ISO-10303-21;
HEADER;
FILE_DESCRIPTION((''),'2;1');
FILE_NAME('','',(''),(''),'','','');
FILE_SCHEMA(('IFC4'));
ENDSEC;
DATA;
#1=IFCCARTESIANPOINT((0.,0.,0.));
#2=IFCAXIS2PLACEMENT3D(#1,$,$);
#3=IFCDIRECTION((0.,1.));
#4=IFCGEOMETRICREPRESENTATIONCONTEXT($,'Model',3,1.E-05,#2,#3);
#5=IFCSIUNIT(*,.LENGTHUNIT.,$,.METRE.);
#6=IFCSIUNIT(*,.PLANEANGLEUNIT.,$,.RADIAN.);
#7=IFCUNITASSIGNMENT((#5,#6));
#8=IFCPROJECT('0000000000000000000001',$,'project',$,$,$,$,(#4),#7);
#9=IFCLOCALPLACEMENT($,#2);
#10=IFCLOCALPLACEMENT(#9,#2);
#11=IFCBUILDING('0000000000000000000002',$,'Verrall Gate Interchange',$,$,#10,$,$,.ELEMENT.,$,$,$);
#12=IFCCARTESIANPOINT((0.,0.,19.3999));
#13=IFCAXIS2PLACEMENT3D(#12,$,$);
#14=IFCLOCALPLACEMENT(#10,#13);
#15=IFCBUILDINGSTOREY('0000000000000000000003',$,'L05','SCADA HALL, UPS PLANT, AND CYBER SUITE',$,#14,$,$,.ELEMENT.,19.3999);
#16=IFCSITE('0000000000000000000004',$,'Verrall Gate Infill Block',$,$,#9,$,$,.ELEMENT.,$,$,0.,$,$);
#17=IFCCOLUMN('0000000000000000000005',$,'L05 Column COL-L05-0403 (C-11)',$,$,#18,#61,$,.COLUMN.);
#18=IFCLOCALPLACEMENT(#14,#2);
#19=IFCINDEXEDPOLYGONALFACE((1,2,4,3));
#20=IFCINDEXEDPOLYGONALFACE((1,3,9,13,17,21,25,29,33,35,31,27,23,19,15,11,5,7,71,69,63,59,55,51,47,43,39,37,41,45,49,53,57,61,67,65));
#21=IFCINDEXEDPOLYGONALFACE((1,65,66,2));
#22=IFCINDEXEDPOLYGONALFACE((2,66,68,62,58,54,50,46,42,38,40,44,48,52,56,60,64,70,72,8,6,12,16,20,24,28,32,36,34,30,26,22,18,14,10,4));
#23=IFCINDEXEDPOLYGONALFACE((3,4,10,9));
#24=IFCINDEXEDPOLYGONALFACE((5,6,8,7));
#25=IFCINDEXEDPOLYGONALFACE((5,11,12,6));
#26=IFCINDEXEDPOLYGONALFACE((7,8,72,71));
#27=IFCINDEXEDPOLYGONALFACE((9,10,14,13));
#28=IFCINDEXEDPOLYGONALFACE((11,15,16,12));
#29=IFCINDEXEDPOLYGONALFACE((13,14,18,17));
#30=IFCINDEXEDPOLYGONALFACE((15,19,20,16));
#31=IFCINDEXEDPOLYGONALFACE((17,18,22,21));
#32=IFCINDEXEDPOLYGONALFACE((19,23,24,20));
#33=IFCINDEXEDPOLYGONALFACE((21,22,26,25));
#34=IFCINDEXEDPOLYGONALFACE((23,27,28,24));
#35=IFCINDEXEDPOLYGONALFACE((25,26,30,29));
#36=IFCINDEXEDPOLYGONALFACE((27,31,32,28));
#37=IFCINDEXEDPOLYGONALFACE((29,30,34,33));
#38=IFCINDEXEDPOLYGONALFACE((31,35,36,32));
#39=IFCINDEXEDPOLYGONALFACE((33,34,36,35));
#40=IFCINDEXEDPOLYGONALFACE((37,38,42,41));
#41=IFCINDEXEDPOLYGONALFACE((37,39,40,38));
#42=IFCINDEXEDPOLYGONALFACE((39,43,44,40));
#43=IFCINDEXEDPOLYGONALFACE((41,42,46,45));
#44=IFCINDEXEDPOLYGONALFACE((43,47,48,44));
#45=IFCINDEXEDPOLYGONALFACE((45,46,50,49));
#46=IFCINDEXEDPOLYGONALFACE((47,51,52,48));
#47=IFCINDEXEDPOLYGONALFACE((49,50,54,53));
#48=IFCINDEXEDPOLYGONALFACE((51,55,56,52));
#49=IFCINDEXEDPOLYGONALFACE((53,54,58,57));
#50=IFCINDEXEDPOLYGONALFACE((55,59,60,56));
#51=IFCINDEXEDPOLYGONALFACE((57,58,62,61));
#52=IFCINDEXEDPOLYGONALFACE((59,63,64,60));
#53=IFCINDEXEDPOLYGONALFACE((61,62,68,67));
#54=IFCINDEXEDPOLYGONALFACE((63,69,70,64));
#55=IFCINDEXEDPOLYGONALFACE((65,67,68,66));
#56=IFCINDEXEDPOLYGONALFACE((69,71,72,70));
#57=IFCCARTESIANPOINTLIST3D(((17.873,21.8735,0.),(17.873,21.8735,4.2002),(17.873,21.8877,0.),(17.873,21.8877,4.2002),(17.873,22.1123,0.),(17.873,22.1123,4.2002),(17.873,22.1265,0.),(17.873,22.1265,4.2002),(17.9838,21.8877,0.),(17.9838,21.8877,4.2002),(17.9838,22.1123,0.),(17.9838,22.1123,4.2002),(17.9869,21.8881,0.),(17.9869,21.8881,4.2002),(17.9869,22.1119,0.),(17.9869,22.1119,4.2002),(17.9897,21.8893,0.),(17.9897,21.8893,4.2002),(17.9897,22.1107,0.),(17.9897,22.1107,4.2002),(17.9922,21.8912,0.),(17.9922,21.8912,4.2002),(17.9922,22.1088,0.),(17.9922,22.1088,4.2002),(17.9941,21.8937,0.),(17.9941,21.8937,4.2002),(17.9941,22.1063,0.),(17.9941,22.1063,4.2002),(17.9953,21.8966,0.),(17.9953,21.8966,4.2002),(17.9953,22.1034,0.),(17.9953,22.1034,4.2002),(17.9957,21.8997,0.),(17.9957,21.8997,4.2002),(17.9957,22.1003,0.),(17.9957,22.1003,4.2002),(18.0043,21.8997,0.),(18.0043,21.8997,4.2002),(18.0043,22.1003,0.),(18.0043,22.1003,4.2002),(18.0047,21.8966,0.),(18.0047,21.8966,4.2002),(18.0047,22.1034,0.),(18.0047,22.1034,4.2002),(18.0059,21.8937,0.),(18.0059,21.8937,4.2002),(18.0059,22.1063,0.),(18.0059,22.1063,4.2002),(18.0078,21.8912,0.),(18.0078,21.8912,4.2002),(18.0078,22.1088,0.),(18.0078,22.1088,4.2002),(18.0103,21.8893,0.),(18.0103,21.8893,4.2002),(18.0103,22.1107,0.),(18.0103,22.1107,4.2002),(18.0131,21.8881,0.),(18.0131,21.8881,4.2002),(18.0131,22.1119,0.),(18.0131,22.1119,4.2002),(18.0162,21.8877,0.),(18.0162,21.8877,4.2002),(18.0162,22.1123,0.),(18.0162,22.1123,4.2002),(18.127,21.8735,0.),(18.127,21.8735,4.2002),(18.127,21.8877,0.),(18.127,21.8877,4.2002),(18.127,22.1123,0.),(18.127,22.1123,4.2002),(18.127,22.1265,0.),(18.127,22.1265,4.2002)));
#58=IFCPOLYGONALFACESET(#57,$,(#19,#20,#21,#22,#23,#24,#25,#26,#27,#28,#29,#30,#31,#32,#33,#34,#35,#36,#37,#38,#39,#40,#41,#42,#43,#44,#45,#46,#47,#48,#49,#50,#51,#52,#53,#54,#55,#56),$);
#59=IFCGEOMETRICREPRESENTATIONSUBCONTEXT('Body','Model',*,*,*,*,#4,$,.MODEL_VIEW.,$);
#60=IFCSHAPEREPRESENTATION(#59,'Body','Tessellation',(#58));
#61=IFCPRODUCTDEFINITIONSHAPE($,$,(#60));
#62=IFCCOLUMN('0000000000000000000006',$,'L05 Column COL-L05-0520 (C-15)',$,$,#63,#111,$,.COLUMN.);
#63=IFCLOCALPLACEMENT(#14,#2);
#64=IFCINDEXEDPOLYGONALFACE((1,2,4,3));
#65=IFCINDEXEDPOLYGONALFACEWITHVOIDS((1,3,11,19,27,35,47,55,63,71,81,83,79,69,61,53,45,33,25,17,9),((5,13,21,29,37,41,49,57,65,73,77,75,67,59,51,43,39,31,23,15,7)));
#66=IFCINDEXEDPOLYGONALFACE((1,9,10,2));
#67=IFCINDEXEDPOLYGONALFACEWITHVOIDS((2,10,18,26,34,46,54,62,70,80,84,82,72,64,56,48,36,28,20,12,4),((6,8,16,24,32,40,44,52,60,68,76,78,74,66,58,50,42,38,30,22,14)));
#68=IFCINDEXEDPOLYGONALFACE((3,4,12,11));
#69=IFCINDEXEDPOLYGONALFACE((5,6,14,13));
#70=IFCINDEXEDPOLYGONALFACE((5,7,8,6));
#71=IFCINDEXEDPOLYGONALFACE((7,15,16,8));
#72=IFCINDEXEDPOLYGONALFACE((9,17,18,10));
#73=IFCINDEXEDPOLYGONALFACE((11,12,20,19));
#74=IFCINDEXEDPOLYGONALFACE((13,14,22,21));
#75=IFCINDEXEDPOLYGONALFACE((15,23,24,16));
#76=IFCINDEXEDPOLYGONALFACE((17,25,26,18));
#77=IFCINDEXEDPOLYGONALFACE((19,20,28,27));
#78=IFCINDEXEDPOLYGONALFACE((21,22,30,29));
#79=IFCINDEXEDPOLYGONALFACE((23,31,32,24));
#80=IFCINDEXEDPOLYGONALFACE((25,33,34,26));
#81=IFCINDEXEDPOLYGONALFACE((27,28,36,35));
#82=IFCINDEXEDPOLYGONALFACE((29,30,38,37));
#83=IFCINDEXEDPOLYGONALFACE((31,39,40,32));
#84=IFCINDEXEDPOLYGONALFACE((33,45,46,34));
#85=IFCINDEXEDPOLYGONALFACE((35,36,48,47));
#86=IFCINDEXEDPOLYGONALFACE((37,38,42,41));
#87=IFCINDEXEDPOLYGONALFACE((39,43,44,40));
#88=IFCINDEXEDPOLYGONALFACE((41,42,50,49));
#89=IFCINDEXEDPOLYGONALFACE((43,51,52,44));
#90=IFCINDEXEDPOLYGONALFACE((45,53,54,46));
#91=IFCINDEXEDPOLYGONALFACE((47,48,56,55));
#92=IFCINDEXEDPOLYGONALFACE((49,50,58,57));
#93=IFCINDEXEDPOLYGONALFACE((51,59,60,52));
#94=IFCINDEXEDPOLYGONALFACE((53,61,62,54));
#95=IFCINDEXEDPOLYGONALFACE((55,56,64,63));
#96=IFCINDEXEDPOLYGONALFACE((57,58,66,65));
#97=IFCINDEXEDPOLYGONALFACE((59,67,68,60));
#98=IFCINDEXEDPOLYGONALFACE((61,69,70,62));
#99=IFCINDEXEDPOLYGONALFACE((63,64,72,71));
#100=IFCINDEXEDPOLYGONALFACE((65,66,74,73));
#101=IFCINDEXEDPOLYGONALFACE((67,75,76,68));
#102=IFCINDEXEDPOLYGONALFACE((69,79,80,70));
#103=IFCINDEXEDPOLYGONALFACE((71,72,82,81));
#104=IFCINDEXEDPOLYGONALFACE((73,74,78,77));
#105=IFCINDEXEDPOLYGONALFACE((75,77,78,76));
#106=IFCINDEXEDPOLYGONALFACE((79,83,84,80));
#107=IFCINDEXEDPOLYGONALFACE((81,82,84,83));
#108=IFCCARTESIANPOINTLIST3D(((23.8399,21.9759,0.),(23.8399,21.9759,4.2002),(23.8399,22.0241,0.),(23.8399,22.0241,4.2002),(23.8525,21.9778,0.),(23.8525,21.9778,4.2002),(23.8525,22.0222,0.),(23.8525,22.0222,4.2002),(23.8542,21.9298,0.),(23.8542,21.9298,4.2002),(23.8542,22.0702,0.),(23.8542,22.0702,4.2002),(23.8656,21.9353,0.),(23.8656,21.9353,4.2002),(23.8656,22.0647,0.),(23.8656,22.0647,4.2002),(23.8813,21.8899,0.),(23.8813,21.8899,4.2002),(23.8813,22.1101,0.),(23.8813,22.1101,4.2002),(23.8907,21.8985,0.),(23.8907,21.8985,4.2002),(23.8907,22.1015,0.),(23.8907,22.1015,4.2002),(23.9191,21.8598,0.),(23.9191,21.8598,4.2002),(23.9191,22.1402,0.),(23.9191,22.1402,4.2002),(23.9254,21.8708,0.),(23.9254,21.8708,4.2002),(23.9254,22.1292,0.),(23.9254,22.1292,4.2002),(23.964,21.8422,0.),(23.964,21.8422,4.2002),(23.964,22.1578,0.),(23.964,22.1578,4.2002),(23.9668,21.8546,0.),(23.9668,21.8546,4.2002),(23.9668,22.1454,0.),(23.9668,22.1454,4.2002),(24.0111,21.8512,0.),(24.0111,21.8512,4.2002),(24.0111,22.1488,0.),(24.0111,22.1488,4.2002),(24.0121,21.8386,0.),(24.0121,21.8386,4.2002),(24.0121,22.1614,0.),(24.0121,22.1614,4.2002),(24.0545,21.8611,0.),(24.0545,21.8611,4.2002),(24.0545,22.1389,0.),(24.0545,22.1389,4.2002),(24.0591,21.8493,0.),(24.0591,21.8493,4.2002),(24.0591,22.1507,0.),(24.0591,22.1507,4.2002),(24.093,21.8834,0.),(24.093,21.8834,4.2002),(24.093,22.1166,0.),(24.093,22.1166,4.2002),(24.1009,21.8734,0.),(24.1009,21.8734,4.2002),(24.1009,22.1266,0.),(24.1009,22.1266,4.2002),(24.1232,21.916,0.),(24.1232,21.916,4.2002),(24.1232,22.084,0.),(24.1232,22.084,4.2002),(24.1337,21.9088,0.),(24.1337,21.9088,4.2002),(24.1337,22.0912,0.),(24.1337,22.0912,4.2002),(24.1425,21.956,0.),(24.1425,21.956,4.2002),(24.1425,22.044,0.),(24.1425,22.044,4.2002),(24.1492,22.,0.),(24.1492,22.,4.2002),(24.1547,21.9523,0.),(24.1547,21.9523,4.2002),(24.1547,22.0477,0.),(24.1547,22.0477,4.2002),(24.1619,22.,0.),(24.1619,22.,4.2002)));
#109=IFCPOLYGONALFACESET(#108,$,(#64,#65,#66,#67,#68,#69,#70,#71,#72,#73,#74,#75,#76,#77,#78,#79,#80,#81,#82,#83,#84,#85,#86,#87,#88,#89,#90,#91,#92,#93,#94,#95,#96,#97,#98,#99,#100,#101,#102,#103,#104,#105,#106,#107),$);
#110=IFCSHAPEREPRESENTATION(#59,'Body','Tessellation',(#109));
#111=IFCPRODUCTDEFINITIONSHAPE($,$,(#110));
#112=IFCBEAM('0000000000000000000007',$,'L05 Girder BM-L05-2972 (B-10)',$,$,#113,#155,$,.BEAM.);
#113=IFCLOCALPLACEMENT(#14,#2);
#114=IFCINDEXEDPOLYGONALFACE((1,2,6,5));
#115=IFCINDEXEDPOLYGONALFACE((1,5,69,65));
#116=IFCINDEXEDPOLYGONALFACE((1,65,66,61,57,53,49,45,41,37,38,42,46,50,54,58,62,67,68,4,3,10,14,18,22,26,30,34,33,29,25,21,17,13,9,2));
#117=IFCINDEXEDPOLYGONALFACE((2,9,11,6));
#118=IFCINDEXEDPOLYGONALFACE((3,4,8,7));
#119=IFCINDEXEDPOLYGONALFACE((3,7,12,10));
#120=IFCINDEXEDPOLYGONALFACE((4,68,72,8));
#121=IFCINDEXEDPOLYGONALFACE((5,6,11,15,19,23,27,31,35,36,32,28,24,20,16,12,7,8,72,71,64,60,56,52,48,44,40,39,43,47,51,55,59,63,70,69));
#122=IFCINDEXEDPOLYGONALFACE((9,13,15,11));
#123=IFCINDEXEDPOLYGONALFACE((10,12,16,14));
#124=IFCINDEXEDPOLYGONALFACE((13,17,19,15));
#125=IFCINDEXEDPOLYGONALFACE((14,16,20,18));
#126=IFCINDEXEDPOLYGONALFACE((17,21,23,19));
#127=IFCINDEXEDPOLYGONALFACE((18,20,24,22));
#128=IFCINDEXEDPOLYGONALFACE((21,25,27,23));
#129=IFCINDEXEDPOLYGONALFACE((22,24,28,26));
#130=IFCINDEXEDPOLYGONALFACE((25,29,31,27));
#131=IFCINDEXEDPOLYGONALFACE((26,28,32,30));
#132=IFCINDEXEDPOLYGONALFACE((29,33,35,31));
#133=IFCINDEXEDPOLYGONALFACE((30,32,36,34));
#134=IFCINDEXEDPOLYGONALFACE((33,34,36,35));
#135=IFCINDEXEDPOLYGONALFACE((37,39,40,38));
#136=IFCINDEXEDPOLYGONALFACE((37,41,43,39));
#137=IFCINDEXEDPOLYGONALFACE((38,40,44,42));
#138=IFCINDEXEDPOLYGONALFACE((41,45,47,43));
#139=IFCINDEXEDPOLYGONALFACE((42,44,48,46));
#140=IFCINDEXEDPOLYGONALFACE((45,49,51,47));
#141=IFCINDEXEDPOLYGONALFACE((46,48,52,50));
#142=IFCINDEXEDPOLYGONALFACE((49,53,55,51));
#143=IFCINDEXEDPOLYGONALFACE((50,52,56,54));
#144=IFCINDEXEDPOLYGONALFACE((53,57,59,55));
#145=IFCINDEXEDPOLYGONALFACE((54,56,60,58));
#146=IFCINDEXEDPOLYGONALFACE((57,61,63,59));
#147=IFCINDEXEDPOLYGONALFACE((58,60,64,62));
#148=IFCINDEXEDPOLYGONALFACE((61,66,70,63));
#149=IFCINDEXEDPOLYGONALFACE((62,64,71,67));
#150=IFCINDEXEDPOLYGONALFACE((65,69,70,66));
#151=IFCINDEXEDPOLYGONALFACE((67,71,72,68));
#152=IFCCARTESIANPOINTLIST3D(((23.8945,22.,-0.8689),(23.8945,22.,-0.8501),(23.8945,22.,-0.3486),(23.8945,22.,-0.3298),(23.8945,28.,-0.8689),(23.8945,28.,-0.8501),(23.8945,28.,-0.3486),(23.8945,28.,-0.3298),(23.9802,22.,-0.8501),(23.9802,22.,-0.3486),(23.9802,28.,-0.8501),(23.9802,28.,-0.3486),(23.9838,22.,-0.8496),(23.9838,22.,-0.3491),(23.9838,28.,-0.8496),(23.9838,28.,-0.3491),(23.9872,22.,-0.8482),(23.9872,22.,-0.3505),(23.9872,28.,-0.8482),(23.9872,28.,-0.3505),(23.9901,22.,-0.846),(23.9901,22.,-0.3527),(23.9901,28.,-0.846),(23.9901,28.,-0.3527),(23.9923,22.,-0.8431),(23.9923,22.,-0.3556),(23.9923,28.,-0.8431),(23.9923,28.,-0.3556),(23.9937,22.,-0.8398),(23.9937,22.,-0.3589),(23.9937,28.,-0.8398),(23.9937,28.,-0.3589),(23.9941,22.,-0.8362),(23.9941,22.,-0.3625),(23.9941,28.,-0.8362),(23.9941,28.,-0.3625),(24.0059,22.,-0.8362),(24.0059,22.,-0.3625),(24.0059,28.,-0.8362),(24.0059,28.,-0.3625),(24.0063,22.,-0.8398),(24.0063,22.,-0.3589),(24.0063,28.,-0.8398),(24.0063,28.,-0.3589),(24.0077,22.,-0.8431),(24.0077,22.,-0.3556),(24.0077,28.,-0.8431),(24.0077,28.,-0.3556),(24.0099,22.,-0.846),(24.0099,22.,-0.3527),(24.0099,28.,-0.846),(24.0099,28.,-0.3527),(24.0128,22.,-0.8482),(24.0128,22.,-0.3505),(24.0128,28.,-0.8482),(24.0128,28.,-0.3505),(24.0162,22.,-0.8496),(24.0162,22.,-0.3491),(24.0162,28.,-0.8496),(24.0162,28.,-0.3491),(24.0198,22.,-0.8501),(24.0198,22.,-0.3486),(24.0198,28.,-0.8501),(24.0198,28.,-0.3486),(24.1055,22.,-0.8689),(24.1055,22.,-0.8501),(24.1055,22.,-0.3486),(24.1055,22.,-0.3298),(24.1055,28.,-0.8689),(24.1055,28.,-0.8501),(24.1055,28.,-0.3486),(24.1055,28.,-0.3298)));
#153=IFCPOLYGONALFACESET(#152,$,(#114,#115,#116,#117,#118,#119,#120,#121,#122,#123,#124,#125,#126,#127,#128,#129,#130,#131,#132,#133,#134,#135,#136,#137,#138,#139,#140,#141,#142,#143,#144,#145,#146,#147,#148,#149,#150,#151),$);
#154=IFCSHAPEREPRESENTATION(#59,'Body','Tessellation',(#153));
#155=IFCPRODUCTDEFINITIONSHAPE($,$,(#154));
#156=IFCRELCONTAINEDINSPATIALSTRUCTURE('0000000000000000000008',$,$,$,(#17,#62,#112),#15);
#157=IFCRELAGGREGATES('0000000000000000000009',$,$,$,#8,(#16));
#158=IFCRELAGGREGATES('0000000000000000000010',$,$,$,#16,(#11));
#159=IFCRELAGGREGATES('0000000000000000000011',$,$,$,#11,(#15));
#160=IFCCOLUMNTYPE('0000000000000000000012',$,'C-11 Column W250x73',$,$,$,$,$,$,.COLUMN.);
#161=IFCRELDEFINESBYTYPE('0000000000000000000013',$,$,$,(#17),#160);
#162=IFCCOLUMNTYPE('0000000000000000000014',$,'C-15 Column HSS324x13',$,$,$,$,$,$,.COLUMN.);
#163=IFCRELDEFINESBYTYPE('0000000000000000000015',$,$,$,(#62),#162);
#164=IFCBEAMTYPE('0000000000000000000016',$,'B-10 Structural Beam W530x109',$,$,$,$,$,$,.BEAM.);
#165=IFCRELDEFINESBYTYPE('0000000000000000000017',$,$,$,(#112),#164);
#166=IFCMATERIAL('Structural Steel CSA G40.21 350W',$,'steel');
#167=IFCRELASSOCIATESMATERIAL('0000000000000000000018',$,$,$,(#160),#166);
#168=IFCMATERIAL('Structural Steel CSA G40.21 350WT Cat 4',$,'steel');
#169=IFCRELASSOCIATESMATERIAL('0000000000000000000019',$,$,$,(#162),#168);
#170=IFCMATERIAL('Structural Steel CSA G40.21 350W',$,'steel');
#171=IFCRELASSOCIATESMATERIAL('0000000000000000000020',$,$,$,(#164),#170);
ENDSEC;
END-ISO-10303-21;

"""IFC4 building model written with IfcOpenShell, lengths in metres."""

from ifc_helpers import new_model, si_unit, direction, frame, origin, origin_2d, place, context, subcontext, project, spatial, hollow_circle, i_section, extrude, material, material_profile, profile_set, type_object, element, save


model = new_model("IFC4")

# Units and contexts
model_context = context("Model", 3, precision=1e-05, world=origin(), true_north=direction((0.0, 1.0)))
body_context = subcontext(model_context, "Body", "Model", "MODEL_VIEW")
ifc_project = project(units=[si_unit("LENGTHUNIT", "METRE"), si_unit("PLANEANGLEUNIT", "RADIAN")], contexts=[model_context])

# Site, building, storey
site_placement = place(None, origin())
site = spatial("IfcSite", under=ifc_project, at=site_placement, Name="Verrall Gate Infill Block", CompositionType="ELEMENT", RefElevation=0.0)
building_placement = place(site_placement, origin())
building = spatial("IfcBuilding", under=site, at=building_placement, Name="Verrall Gate Interchange", CompositionType="ELEMENT")
storey_placement = place(building_placement, frame((0.0, 0.0, 19.3999)))
storey = spatial("IfcBuildingStorey", under=building, at=storey_placement, Name="L05", Description="SCADA HALL, UPS PLANT, AND CYBER SUITE", CompositionType="ELEMENT", Elevation=19.3999)

# Columns
ifc_material_1 = material(Name="Structural Steel CSA G40.21 350W", Category="steel")
ifc_material_profile_1 = material_profile(ifc_material_1, i_section(OverallWidth=0.2539, OverallDepth=0.2529, WebThickness=0.0085, FlangeThickness=0.0142, FilletRadius=0.012, at=origin_2d()), Name="W250x73")
ifc_profile_set_1 = profile_set([ifc_material_profile_1], Name="Structural Steel CSA G40.21 350W")
column_type_1 = type_object("IfcColumnType", Name="C-11 Column W250x73", PredefinedType="COLUMN", material=ifc_profile_set_1)
column_1_placement = place(storey_placement, frame((18.0, 22.0, 0.0), z_axis=(0.0, 0.0, 1.0), x_axis=(1.0, 0.0, 0.0)))
element("IfcColumn", 1, at=column_1_placement, inside=storey, type_object=column_type_1, Name="L05 Column COL-L05-0403 (C-11)", PredefinedType="COLUMN", context=body_context, shape_type="SweptSolid", body=[
    extrude(i_section(OverallWidth=0.2539, OverallDepth=0.2529, WebThickness=0.0085, FlangeThickness=0.0142, FilletRadius=0.012, at=origin_2d()), origin(), (0.0, 0.0, 1.0), 4.2002),
])
ifc_material_2 = material(Name="Structural Steel CSA G40.21 350WT Cat 4", Category="steel")
ifc_material_profile_2 = material_profile(ifc_material_2, hollow_circle(Radius=0.1619, WallThickness=0.0127, at=origin_2d()), Name="HSS324x13")
ifc_profile_set_2 = profile_set([ifc_material_profile_2], Name="Structural Steel CSA G40.21 350WT Cat 4")
column_type_2 = type_object("IfcColumnType", Name="C-15 Column HSS324x13", PredefinedType="COLUMN", material=ifc_profile_set_2)
column_2_placement = place(storey_placement, frame((24.0, 22.0, 0.0), z_axis=(0.0, 0.0, 1.0), x_axis=(1.0, 0.0, 0.0)))
element("IfcColumn", 2, at=column_2_placement, inside=storey, type_object=column_type_2, Name="L05 Column COL-L05-0520 (C-15)", PredefinedType="COLUMN", context=body_context, shape_type="SweptSolid", body=[
    extrude(hollow_circle(Radius=0.1619, WallThickness=0.0127, at=origin_2d()), origin(), (0.0, 0.0, 1.0), 4.2002),
])

# Beam
ifc_material_3 = material(Name="Structural Steel CSA G40.21 350W", Category="steel")
ifc_material_profile_3 = material_profile(ifc_material_3, i_section(OverallWidth=0.2109, OverallDepth=0.5391, WebThickness=0.0117, FlangeThickness=0.0188, FilletRadius=0.0139, at=origin_2d()), Name="W530x109")
ifc_profile_set_3 = profile_set([ifc_material_profile_3], Name="Structural Steel CSA G40.21 350W")
beam_type_1 = type_object("IfcBeamType", Name="B-10 Structural Beam W530x109", PredefinedType="BEAM", material=ifc_profile_set_3)
beam_1_placement = place(storey_placement, frame((24.0, 22.0, -0.5994), z_axis=(0.0, 1.0, 0.0), x_axis=(-1.0, 0.0, 0.0)))
element("IfcBeam", 3, at=beam_1_placement, inside=storey, type_object=beam_type_1, Name="L05 Girder BM-L05-2972 (B-10)", PredefinedType="BEAM", context=body_context, shape_type="SweptSolid", body=[
    extrude(i_section(OverallWidth=0.2109, OverallDepth=0.5391, WebThickness=0.0117, FlangeThickness=0.0188, FilletRadius=0.0139, at=origin_2d()), origin(), (0.0, 0.0, 1.0), 6.0),
])

save(model, "model.ifc")
